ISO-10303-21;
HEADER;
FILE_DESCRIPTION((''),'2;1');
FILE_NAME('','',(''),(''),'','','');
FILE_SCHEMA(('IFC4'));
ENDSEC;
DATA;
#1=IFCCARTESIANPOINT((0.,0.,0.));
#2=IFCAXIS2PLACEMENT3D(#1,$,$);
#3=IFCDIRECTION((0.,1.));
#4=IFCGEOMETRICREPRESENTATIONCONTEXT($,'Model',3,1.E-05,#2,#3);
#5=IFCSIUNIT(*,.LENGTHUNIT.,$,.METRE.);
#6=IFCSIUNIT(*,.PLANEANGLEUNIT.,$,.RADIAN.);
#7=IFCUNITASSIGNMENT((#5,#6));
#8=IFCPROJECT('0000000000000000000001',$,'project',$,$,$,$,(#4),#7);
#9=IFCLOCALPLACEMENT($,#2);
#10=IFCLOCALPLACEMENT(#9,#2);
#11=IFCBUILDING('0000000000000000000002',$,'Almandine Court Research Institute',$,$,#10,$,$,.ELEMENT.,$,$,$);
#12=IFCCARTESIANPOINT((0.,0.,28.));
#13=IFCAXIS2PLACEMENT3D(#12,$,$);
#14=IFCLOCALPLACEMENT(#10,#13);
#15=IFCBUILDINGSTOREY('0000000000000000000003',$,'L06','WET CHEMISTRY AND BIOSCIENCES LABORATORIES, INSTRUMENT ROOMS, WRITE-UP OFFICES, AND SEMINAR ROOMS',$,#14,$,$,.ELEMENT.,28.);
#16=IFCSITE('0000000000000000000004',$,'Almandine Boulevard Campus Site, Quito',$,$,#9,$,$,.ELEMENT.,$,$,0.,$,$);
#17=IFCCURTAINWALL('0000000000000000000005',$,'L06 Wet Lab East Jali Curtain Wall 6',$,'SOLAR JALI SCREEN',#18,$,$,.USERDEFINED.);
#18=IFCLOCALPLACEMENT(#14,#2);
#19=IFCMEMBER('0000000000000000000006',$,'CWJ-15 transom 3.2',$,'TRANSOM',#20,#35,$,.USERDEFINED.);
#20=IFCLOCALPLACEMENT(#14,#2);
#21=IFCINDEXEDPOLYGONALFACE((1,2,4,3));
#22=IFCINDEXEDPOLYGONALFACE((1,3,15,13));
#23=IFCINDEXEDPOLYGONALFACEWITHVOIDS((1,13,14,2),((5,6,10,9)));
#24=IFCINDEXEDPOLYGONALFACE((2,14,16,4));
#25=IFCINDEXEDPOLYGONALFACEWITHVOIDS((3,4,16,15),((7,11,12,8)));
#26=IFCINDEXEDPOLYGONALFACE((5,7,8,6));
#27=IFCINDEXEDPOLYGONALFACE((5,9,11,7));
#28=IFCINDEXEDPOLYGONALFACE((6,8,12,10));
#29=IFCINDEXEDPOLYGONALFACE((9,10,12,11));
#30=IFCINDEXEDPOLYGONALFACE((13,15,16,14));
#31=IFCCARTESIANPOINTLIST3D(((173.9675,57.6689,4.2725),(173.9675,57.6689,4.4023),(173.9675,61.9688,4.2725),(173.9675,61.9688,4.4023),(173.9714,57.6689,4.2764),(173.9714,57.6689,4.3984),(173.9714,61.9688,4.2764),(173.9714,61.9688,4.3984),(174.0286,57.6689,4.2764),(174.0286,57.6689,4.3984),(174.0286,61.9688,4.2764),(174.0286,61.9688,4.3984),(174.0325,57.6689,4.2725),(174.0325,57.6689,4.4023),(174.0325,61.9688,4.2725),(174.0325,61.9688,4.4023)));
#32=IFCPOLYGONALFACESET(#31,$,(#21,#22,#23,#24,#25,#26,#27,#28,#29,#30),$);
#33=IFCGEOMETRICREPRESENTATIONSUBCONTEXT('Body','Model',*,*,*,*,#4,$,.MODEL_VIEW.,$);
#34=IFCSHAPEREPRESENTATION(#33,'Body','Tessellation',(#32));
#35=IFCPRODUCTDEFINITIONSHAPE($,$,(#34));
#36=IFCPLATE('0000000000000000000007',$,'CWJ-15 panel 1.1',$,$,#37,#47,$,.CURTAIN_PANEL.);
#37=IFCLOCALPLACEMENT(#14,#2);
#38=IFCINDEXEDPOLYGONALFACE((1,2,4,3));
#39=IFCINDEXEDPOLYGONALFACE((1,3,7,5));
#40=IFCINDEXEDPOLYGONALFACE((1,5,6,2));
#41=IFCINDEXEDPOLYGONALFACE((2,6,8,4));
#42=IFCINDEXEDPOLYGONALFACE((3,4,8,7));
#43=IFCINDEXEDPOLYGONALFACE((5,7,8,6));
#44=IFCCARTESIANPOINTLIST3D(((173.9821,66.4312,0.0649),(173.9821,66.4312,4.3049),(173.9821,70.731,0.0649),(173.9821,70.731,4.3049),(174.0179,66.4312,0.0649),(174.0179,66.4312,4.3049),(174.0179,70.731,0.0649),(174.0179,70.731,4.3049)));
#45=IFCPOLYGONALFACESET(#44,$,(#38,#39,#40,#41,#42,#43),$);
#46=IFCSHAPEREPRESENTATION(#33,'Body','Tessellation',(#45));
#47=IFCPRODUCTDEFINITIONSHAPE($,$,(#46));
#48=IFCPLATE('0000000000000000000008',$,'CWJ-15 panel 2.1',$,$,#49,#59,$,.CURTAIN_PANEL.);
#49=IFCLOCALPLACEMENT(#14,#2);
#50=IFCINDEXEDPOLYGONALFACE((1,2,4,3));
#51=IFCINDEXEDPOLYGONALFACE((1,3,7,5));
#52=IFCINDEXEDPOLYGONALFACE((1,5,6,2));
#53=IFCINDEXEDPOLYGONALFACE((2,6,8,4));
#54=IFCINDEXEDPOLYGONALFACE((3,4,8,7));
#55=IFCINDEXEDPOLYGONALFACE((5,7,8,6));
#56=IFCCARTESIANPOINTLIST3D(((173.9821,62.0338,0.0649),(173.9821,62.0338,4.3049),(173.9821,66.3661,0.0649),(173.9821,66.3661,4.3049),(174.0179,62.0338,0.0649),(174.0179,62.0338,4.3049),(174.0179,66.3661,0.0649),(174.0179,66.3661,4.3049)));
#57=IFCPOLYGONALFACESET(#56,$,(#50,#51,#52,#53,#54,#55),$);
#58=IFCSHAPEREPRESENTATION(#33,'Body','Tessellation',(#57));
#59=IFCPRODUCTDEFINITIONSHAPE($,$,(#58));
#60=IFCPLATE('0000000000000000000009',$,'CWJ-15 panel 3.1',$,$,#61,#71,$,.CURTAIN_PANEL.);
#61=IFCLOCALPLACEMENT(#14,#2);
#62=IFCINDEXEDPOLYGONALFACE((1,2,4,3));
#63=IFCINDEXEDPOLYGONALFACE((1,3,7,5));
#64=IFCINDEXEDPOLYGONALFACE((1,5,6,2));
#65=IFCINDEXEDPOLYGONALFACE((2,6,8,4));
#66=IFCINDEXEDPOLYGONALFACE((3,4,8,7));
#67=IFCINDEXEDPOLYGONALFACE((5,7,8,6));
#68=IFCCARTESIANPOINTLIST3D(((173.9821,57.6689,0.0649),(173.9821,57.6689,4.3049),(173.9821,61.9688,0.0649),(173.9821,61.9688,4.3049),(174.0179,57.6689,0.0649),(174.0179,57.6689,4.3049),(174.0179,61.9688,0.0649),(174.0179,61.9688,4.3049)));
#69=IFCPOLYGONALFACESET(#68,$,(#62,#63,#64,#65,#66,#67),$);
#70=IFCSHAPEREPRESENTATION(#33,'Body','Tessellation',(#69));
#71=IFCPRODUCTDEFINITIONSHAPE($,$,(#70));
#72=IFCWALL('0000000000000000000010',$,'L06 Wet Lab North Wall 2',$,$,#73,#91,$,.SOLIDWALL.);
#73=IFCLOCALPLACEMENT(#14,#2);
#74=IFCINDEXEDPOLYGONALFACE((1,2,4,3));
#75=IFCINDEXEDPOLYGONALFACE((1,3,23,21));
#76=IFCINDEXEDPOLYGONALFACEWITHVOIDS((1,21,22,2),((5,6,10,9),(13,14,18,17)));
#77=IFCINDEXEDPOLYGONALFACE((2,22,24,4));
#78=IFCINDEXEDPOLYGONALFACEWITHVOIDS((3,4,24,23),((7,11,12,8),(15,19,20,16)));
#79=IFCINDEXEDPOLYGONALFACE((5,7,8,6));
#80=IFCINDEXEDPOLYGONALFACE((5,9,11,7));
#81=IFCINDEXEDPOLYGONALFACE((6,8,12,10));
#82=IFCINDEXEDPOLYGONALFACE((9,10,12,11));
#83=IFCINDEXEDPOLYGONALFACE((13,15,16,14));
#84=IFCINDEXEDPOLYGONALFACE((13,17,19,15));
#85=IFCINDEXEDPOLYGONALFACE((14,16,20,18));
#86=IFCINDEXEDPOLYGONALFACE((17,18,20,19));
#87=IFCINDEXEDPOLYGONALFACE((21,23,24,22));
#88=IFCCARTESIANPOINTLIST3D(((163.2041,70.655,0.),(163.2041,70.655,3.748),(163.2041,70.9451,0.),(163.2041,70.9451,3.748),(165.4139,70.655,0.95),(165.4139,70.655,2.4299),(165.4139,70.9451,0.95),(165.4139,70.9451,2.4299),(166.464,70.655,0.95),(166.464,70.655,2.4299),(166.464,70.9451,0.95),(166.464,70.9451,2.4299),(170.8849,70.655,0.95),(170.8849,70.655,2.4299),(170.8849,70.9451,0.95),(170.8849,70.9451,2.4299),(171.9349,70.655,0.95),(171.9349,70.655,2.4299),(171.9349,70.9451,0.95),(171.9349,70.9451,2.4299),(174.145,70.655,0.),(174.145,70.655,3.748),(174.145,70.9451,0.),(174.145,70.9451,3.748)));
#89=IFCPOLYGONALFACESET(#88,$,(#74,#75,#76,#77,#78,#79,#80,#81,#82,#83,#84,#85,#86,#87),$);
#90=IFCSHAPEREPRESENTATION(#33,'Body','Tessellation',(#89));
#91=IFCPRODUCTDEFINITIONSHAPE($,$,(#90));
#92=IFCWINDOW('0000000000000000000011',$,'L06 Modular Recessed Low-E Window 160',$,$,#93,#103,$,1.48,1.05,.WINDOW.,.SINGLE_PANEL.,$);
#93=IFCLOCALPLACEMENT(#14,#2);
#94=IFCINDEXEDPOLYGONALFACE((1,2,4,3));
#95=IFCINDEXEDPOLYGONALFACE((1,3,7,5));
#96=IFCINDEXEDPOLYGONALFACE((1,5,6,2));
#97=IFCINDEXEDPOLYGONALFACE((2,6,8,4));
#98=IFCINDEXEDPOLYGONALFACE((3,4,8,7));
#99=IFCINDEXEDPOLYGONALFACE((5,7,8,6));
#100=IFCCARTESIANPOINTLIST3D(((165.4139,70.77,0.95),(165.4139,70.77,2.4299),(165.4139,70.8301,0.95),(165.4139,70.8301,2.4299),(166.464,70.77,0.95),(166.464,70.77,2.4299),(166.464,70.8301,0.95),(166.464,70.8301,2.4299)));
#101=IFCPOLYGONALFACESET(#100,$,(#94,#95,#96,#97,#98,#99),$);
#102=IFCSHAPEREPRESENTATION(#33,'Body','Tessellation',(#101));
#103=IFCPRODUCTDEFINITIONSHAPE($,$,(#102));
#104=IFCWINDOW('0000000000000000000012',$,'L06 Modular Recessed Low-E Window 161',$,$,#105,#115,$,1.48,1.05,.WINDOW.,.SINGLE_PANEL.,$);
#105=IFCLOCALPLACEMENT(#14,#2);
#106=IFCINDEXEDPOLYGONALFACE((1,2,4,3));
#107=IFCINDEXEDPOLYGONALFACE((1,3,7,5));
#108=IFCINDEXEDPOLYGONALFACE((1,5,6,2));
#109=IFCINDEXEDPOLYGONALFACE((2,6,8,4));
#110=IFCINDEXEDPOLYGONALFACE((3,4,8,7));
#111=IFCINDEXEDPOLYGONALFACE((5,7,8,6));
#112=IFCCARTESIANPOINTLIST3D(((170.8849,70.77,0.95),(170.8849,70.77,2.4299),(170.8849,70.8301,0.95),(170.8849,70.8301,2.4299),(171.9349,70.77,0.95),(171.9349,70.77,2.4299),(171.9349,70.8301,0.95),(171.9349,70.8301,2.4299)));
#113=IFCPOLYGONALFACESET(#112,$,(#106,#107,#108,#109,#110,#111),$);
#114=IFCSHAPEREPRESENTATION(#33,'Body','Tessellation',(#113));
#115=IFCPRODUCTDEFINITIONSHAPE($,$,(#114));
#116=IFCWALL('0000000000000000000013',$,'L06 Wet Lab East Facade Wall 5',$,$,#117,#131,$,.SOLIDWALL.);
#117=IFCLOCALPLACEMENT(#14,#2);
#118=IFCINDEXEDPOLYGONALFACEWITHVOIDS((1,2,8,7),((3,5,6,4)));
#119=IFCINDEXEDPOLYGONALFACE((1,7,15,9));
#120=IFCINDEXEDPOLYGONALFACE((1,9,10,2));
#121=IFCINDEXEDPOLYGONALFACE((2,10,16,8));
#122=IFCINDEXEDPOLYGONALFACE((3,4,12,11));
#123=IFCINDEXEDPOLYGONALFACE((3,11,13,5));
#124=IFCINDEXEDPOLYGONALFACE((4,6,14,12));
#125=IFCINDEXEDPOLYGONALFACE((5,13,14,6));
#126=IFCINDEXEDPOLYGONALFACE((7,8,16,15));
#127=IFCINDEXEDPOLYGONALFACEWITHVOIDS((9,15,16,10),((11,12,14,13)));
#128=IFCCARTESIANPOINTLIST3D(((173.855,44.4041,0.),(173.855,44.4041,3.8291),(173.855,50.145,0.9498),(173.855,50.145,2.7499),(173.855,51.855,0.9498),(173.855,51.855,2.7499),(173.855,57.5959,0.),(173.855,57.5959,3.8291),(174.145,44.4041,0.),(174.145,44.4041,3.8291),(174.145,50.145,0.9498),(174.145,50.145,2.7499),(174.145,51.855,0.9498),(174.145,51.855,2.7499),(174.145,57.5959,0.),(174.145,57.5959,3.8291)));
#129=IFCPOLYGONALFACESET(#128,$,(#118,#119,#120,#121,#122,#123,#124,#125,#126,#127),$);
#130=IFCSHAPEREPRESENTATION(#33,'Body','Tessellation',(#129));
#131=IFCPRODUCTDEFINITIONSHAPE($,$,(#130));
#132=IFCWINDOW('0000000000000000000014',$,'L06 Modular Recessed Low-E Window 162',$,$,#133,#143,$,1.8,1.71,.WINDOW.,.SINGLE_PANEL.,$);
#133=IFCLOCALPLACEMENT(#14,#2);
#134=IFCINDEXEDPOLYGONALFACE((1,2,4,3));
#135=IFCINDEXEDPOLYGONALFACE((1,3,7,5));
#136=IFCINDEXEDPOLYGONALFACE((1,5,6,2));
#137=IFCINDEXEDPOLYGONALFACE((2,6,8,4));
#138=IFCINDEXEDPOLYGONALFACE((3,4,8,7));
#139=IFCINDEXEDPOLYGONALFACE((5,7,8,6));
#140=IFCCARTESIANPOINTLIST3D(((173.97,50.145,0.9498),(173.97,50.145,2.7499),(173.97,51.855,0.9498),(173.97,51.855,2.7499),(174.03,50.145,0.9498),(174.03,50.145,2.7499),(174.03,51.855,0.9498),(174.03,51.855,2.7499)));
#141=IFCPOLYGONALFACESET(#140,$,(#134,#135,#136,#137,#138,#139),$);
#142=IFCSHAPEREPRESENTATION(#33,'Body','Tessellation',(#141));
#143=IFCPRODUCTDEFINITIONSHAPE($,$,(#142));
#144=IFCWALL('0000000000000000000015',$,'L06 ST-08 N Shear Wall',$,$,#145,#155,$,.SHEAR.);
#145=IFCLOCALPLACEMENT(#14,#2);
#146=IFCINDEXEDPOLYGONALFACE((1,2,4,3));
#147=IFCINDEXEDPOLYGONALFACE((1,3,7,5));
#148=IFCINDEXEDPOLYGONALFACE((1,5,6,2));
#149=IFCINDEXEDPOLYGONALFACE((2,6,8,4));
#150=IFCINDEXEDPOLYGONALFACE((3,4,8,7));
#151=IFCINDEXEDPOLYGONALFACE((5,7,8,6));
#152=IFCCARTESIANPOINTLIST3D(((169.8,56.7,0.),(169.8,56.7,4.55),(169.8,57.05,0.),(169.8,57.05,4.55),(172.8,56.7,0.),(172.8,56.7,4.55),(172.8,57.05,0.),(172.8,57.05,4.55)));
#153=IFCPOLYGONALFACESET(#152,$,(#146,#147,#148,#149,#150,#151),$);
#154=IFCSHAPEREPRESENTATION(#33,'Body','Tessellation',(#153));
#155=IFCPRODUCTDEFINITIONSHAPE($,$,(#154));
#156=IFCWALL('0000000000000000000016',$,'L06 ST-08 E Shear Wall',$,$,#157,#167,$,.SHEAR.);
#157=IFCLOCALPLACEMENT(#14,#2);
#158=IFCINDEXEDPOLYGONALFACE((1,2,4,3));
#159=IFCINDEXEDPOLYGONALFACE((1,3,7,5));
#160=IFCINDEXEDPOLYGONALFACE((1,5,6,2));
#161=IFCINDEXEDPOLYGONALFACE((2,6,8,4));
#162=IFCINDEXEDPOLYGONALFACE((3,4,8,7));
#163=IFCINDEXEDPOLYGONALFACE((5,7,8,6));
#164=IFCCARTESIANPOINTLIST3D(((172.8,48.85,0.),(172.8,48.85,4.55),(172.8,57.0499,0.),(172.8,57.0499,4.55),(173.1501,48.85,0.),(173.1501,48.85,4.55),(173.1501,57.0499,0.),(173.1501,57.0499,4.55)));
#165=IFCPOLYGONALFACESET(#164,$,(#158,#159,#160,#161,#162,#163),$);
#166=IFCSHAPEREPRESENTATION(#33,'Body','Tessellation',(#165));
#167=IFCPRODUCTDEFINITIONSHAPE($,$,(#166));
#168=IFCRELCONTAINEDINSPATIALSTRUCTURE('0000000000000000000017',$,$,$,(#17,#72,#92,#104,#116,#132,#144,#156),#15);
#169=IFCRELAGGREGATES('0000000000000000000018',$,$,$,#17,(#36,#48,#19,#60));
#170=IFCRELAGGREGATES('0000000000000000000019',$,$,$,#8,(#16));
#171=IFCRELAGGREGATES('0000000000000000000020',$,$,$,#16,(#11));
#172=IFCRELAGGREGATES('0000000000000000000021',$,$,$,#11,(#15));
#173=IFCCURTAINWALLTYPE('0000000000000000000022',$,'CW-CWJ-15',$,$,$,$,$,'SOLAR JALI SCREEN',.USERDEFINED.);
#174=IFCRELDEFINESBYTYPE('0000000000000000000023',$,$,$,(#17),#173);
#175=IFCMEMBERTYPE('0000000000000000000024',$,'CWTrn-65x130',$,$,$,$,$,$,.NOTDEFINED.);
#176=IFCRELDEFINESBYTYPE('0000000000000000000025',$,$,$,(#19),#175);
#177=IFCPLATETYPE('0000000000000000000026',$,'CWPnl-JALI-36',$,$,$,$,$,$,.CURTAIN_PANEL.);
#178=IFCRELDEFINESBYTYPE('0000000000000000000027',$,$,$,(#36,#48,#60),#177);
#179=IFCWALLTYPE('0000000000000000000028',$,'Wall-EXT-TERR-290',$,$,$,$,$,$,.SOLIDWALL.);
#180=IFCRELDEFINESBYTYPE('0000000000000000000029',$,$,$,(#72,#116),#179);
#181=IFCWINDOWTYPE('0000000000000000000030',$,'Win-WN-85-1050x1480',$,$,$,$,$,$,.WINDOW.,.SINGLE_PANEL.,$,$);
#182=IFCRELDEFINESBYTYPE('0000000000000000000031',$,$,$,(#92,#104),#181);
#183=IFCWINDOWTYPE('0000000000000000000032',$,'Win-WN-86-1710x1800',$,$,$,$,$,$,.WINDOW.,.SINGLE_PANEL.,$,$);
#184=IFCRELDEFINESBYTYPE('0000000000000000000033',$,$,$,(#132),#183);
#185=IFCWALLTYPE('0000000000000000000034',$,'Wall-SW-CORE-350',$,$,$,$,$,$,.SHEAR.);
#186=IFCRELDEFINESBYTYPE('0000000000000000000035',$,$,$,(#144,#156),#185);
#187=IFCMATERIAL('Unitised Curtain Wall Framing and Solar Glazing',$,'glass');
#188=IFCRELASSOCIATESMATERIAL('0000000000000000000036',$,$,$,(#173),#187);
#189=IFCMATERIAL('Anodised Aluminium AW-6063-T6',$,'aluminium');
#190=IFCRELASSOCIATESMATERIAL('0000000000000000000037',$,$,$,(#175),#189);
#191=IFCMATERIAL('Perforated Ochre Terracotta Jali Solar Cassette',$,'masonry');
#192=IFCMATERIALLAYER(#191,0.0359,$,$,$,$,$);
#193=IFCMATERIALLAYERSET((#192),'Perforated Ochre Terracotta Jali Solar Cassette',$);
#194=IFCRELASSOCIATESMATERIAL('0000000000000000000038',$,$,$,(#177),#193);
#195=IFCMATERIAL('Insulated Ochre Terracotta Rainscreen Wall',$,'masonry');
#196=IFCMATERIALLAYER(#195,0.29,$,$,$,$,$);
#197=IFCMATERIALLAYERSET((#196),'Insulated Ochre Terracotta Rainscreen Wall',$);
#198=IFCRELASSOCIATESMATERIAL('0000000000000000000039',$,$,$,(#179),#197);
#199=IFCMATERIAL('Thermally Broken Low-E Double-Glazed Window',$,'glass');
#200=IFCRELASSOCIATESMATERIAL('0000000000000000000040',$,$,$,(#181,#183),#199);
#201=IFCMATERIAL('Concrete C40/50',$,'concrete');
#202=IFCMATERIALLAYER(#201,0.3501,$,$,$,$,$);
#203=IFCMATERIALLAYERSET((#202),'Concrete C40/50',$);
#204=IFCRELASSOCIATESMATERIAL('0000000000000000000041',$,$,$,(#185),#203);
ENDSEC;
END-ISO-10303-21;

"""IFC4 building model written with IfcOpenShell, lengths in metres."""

from ifc_helpers import new_model, si_unit, direction, frame, frame_2d, origin, origin_2d, place, context, subcontext, project, spatial, rectangle, hollow_rectangle, extrude, material, layer, layer_set, material_profile, profile_set, type_object, element, fill, aggregate, save


model = new_model("IFC4")

# Units and contexts
model_context = context("Model", 3, precision=1e-05, world=origin(), true_north=direction((0.0, 1.0)))
body_context = subcontext(model_context, "Body", "Model", "MODEL_VIEW")
ifc_project = project(units=[si_unit("LENGTHUNIT", "METRE"), si_unit("PLANEANGLEUNIT", "RADIAN")], contexts=[model_context])

# Site, building, storey
site_placement = place(None, origin())
site = spatial("IfcSite", under=ifc_project, at=site_placement, Name="Almandine Boulevard Campus Site, Quito", CompositionType="ELEMENT", RefElevation=0.0)
building_placement = place(site_placement, origin())
building = spatial("IfcBuilding", under=site, at=building_placement, Name="Almandine Court Research Institute", CompositionType="ELEMENT")
storey_placement = place(building_placement, frame((0.0, 0.0, 28.0)))
storey = spatial("IfcBuildingStorey", under=building, at=storey_placement, Name="L06", Description="WET CHEMISTRY AND BIOSCIENCES LABORATORIES, INSTRUMENT ROOMS, WRITE-UP OFFICES, AND SEMINAR ROOMS", CompositionType="ELEMENT", Elevation=28.0)

# Curtain wall, member, plates
ifc_material_1 = material(Name="Unitised Curtain Wall Framing and Solar Glazing", Category="glass")
curtain_wall_type = type_object("IfcCurtainWallType", Name="CW-CWJ-15", ElementType="SOLAR JALI SCREEN", PredefinedType="USERDEFINED", material=ifc_material_1)
curtain_wall_placement = place(storey_placement, origin())
curtain_wall = element("IfcCurtainWall", 1, at=curtain_wall_placement, inside=storey, type_object=curtain_wall_type, Name="L06 Wet Lab East Jali Curtain Wall 6", ObjectType="SOLAR JALI SCREEN", PredefinedType="USERDEFINED")
ifc_material_2 = material(Name="Anodised Aluminium AW-6063-T6", Category="aluminium")
ifc_material_profile_1 = material_profile(ifc_material_2, hollow_rectangle(XDim=0.0649, YDim=0.1299, WallThickness=0.0039, at=origin_2d()), Name="ALU RHS 65x130x4")
ifc_profile_set_1 = profile_set([ifc_material_profile_1], Name="Anodised Aluminium AW-6063-T6")
member_type_1 = type_object("IfcMemberType", Name="CWTrn-65x130", PredefinedType="NOTDEFINED", material=ifc_profile_set_1)
member_1_placement = place(storey_placement, frame((174.0, 61.9688, 4.3374), z_axis=(0.0, -1.0, 0.0), x_axis=(1.0, 0.0, 0.0)))
member_1 = element("IfcMember", 2, at=member_1_placement, type_object=member_type_1, Name="CWJ-15 transom 3.2", ObjectType="TRANSOM", PredefinedType="USERDEFINED", context=body_context, shape_type="SweptSolid", body=[
    extrude(hollow_rectangle(XDim=0.0649, YDim=0.1299, WallThickness=0.0039, at=origin_2d()), origin(), (0.0, 0.0, 1.0), 4.2998),
])
ifc_material_3 = material(Name="Perforated Ochre Terracotta Jali Solar Cassette", Category="masonry")
ifc_layer_1 = layer(ifc_material_3, 0.0359)
ifc_layer_set_1 = layer_set([ifc_layer_1], Name="Perforated Ochre Terracotta Jali Solar Cassette")
plate_type = type_object("IfcPlateType", Name="CWPnl-JALI-36", PredefinedType="CURTAIN_PANEL", material=ifc_layer_set_1)
plate_1_placement = place(storey_placement, frame((174.0, 68.5811, 0.0649), z_axis=(0.0, 0.0, 1.0), x_axis=(0.0, -1.0, 0.0)))
plate_1 = element("IfcPlate", 3, at=plate_1_placement, type_object=plate_type, Name="CWJ-15 panel 1.1", PredefinedType="CURTAIN_PANEL", context=body_context, shape_type="SweptSolid", body=[
    extrude(rectangle(XDim=4.2998, YDim=0.0359, at=origin_2d()), origin(), (0.0, 0.0, 1.0), 4.24),
])
plate_2_placement = place(storey_placement, frame((174.0, 64.2, 0.0649), z_axis=(0.0, 0.0, 1.0), x_axis=(0.0, -1.0, 0.0)))
plate_2 = element("IfcPlate", 4, at=plate_2_placement, type_object=plate_type, Name="CWJ-15 panel 2.1", PredefinedType="CURTAIN_PANEL", context=body_context, shape_type="SweptSolid", body=[
    extrude(rectangle(XDim=4.3323, YDim=0.0359, at=origin_2d()), origin(), (0.0, 0.0, 1.0), 4.24),
])
plate_3_placement = place(storey_placement, frame((174.0, 59.8188, 0.0649), z_axis=(0.0, 0.0, 1.0), x_axis=(0.0, -1.0, 0.0)))
plate_3 = element("IfcPlate", 5, at=plate_3_placement, type_object=plate_type, Name="CWJ-15 panel 3.1", PredefinedType="CURTAIN_PANEL", context=body_context, shape_type="SweptSolid", body=[
    extrude(rectangle(XDim=4.2998, YDim=0.0359, at=origin_2d()), origin(), (0.0, 0.0, 1.0), 4.24),
])
aggregate(curtain_wall, [plate_1, plate_2, member_1, plate_3])

# Wall, openings, windows
ifc_material_4 = material(Name="Insulated Ochre Terracotta Rainscreen Wall", Category="masonry")
ifc_layer_2 = layer(ifc_material_4, 0.29)
ifc_layer_set_2 = layer_set([ifc_layer_2], Name="Insulated Ochre Terracotta Rainscreen Wall")
wall_type_1 = type_object("IfcWallType", Name="Wall-EXT-TERR-290", PredefinedType="SOLIDWALL", material=ifc_layer_set_2)
wall_1_placement = place(storey_placement, frame((163.2041, 70.8, 0.0), z_axis=(0.0, 0.0, 1.0), x_axis=(1.0, 0.0, 0.0)))
wall_1 = element("IfcWall", 6, at=wall_1_placement, inside=storey, type_object=wall_type_1, Name="L06 Wet Lab North Wall 2", PredefinedType="SOLIDWALL", context=body_context, shape_type="SweptSolid", body=[
    extrude(rectangle(XDim=10.9409, YDim=0.29, at=frame_2d((5.4705, 0.0))), origin(), (0.0, 0.0, 1.0), 3.748),
])
opening_1_placement = place(wall_1_placement, frame((2.21, 0.0, 0.95)))
opening_1 = element("IfcOpeningElement", 7, at=opening_1_placement, cuts=wall_1, PredefinedType="OPENING", context=body_context, shape_type="SweptSolid", body=[
    extrude(rectangle(XDim=1.05, YDim=1.48, at=frame_2d((0.5249, 0.74))), frame((0.0, 0.155, 0.0), z_axis=(0.0, -1.0, 0.0), x_axis=(1.0, 0.0, 0.0)), (0.0, 0.0, 1.0), 0.3101),
])
opening_2_placement = place(wall_1_placement, frame((7.6809, 0.0, 0.95)))
opening_2 = element("IfcOpeningElement", 8, at=opening_2_placement, cuts=wall_1, PredefinedType="OPENING", context=body_context, shape_type="SweptSolid", body=[
    extrude(rectangle(XDim=1.05, YDim=1.48, at=frame_2d((0.5249, 0.74))), frame((0.0, 0.155, 0.0), z_axis=(0.0, -1.0, 0.0), x_axis=(1.0, 0.0, 0.0)), (0.0, 0.0, 1.0), 0.3101),
])
ifc_material_5 = material(Name="Thermally Broken Low-E Double-Glazed Window", Category="glass")
window_type_1 = type_object("IfcWindowType", Name="Win-WN-85-1050x1480", PartitioningType="SINGLE_PANEL", PredefinedType="WINDOW", material=ifc_material_5)
window_1_placement = place(opening_1_placement, origin())
window_1 = element("IfcWindow", 9, at=window_1_placement, inside=storey, type_object=window_type_1, Name="L06 Modular Recessed Low-E Window 160", OverallHeight=1.48, OverallWidth=1.05, PartitioningType="SINGLE_PANEL", PredefinedType="WINDOW", context=body_context, shape_type="SweptSolid", body=[
    extrude(rectangle(XDim=1.05, YDim=1.48, at=frame_2d((0.5249, 0.74))), frame((0.0, 0.03, 0.0), z_axis=(0.0, -1.0, 0.0), x_axis=(1.0, 0.0, 0.0)), (0.0, 0.0, 1.0), 0.0601),
])
fill(opening_1, window_1)
window_2_placement = place(opening_2_placement, origin())
window_2 = element("IfcWindow", 10, at=window_2_placement, inside=storey, type_object=window_type_1, Name="L06 Modular Recessed Low-E Window 161", OverallHeight=1.48, OverallWidth=1.05, PartitioningType="SINGLE_PANEL", PredefinedType="WINDOW", context=body_context, shape_type="SweptSolid", body=[
    extrude(rectangle(XDim=1.05, YDim=1.48, at=frame_2d((0.5249, 0.74))), frame((0.0, 0.03, 0.0), z_axis=(0.0, -1.0, 0.0), x_axis=(1.0, 0.0, 0.0)), (0.0, 0.0, 1.0), 0.0601),
])
fill(opening_2, window_2)

# Wall, opening, window
wall_2_placement = place(storey_placement, frame((174.0, 57.5959, 0.0), z_axis=(0.0, 0.0, 1.0), x_axis=(0.0, -1.0, 0.0)))
wall_2 = element("IfcWall", 11, at=wall_2_placement, inside=storey, type_object=wall_type_1, Name="L06 Wet Lab East Facade Wall 5", PredefinedType="SOLIDWALL", context=body_context, shape_type="SweptSolid", body=[
    extrude(rectangle(XDim=13.1919, YDim=0.29, at=frame_2d((6.5959, 0.0))), origin(), (0.0, 0.0, 1.0), 3.8291),
])
opening_3_placement = place(wall_2_placement, frame((5.741, 0.0, 0.95)))
opening_3 = element("IfcOpeningElement", 12, at=opening_3_placement, cuts=wall_2, PredefinedType="OPENING", context=body_context, shape_type="SweptSolid", body=[
    extrude(rectangle(XDim=1.71, YDim=1.8, at=frame_2d((0.855, 0.8999))), frame((0.0, 0.155, 0.0), z_axis=(0.0, -1.0, 0.0), x_axis=(1.0, 0.0, 0.0)), (0.0, 0.0, 1.0), 0.3101),
])
window_type_2 = type_object("IfcWindowType", Name="Win-WN-86-1710x1800", PartitioningType="SINGLE_PANEL", PredefinedType="WINDOW", material=ifc_material_5)
window_3_placement = place(opening_3_placement, origin())
window_3 = element("IfcWindow", 13, at=window_3_placement, inside=storey, type_object=window_type_2, Name="L06 Modular Recessed Low-E Window 162", OverallHeight=1.8, OverallWidth=1.71, PartitioningType="SINGLE_PANEL", PredefinedType="WINDOW", context=body_context, shape_type="SweptSolid", body=[
    extrude(rectangle(XDim=1.71, YDim=1.8, at=frame_2d((0.855, 0.8999))), frame((0.0, 0.03, 0.0), z_axis=(0.0, -1.0, 0.0), x_axis=(1.0, 0.0, 0.0)), (0.0, 0.0, 1.0), 0.0601),
])
fill(opening_3, window_3)

# Walls
ifc_material_6 = material(Name="Concrete C40/50", Category="concrete")
ifc_layer_3 = layer(ifc_material_6, 0.3501)
ifc_layer_set_3 = layer_set([ifc_layer_3], Name="Concrete C40/50")
wall_type_2 = type_object("IfcWallType", Name="Wall-SW-CORE-350", PredefinedType="SHEAR", material=ifc_layer_set_3)
wall_3_placement = place(storey_placement, frame((169.8, 56.875, 0.0), z_axis=(0.0, 0.0, 1.0), x_axis=(1.0, 0.0, 0.0)))
element("IfcWall", 14, at=wall_3_placement, inside=storey, type_object=wall_type_2, Name="L06 ST-08 N Shear Wall", PredefinedType="SHEAR", context=body_context, shape_type="SweptSolid", body=[
    extrude(rectangle(XDim=3.0, YDim=0.3501, at=frame_2d((1.5, 0.0))), origin(), (0.0, 0.0, 1.0), 4.55),
])
wall_4_placement = place(storey_placement, frame((172.9751, 57.05, 0.0), z_axis=(0.0, 0.0, 1.0), x_axis=(0.0, -1.0, 0.0)))
element("IfcWall", 15, at=wall_4_placement, inside=storey, type_object=wall_type_2, Name="L06 ST-08 E Shear Wall", PredefinedType="SHEAR", context=body_context, shape_type="SweptSolid", body=[
    extrude(rectangle(XDim=8.2, YDim=0.3501, at=frame_2d((4.1001, 0.0))), origin(), (0.0, 0.0, 1.0), 4.55),
])

save(model, "model.ifc")
